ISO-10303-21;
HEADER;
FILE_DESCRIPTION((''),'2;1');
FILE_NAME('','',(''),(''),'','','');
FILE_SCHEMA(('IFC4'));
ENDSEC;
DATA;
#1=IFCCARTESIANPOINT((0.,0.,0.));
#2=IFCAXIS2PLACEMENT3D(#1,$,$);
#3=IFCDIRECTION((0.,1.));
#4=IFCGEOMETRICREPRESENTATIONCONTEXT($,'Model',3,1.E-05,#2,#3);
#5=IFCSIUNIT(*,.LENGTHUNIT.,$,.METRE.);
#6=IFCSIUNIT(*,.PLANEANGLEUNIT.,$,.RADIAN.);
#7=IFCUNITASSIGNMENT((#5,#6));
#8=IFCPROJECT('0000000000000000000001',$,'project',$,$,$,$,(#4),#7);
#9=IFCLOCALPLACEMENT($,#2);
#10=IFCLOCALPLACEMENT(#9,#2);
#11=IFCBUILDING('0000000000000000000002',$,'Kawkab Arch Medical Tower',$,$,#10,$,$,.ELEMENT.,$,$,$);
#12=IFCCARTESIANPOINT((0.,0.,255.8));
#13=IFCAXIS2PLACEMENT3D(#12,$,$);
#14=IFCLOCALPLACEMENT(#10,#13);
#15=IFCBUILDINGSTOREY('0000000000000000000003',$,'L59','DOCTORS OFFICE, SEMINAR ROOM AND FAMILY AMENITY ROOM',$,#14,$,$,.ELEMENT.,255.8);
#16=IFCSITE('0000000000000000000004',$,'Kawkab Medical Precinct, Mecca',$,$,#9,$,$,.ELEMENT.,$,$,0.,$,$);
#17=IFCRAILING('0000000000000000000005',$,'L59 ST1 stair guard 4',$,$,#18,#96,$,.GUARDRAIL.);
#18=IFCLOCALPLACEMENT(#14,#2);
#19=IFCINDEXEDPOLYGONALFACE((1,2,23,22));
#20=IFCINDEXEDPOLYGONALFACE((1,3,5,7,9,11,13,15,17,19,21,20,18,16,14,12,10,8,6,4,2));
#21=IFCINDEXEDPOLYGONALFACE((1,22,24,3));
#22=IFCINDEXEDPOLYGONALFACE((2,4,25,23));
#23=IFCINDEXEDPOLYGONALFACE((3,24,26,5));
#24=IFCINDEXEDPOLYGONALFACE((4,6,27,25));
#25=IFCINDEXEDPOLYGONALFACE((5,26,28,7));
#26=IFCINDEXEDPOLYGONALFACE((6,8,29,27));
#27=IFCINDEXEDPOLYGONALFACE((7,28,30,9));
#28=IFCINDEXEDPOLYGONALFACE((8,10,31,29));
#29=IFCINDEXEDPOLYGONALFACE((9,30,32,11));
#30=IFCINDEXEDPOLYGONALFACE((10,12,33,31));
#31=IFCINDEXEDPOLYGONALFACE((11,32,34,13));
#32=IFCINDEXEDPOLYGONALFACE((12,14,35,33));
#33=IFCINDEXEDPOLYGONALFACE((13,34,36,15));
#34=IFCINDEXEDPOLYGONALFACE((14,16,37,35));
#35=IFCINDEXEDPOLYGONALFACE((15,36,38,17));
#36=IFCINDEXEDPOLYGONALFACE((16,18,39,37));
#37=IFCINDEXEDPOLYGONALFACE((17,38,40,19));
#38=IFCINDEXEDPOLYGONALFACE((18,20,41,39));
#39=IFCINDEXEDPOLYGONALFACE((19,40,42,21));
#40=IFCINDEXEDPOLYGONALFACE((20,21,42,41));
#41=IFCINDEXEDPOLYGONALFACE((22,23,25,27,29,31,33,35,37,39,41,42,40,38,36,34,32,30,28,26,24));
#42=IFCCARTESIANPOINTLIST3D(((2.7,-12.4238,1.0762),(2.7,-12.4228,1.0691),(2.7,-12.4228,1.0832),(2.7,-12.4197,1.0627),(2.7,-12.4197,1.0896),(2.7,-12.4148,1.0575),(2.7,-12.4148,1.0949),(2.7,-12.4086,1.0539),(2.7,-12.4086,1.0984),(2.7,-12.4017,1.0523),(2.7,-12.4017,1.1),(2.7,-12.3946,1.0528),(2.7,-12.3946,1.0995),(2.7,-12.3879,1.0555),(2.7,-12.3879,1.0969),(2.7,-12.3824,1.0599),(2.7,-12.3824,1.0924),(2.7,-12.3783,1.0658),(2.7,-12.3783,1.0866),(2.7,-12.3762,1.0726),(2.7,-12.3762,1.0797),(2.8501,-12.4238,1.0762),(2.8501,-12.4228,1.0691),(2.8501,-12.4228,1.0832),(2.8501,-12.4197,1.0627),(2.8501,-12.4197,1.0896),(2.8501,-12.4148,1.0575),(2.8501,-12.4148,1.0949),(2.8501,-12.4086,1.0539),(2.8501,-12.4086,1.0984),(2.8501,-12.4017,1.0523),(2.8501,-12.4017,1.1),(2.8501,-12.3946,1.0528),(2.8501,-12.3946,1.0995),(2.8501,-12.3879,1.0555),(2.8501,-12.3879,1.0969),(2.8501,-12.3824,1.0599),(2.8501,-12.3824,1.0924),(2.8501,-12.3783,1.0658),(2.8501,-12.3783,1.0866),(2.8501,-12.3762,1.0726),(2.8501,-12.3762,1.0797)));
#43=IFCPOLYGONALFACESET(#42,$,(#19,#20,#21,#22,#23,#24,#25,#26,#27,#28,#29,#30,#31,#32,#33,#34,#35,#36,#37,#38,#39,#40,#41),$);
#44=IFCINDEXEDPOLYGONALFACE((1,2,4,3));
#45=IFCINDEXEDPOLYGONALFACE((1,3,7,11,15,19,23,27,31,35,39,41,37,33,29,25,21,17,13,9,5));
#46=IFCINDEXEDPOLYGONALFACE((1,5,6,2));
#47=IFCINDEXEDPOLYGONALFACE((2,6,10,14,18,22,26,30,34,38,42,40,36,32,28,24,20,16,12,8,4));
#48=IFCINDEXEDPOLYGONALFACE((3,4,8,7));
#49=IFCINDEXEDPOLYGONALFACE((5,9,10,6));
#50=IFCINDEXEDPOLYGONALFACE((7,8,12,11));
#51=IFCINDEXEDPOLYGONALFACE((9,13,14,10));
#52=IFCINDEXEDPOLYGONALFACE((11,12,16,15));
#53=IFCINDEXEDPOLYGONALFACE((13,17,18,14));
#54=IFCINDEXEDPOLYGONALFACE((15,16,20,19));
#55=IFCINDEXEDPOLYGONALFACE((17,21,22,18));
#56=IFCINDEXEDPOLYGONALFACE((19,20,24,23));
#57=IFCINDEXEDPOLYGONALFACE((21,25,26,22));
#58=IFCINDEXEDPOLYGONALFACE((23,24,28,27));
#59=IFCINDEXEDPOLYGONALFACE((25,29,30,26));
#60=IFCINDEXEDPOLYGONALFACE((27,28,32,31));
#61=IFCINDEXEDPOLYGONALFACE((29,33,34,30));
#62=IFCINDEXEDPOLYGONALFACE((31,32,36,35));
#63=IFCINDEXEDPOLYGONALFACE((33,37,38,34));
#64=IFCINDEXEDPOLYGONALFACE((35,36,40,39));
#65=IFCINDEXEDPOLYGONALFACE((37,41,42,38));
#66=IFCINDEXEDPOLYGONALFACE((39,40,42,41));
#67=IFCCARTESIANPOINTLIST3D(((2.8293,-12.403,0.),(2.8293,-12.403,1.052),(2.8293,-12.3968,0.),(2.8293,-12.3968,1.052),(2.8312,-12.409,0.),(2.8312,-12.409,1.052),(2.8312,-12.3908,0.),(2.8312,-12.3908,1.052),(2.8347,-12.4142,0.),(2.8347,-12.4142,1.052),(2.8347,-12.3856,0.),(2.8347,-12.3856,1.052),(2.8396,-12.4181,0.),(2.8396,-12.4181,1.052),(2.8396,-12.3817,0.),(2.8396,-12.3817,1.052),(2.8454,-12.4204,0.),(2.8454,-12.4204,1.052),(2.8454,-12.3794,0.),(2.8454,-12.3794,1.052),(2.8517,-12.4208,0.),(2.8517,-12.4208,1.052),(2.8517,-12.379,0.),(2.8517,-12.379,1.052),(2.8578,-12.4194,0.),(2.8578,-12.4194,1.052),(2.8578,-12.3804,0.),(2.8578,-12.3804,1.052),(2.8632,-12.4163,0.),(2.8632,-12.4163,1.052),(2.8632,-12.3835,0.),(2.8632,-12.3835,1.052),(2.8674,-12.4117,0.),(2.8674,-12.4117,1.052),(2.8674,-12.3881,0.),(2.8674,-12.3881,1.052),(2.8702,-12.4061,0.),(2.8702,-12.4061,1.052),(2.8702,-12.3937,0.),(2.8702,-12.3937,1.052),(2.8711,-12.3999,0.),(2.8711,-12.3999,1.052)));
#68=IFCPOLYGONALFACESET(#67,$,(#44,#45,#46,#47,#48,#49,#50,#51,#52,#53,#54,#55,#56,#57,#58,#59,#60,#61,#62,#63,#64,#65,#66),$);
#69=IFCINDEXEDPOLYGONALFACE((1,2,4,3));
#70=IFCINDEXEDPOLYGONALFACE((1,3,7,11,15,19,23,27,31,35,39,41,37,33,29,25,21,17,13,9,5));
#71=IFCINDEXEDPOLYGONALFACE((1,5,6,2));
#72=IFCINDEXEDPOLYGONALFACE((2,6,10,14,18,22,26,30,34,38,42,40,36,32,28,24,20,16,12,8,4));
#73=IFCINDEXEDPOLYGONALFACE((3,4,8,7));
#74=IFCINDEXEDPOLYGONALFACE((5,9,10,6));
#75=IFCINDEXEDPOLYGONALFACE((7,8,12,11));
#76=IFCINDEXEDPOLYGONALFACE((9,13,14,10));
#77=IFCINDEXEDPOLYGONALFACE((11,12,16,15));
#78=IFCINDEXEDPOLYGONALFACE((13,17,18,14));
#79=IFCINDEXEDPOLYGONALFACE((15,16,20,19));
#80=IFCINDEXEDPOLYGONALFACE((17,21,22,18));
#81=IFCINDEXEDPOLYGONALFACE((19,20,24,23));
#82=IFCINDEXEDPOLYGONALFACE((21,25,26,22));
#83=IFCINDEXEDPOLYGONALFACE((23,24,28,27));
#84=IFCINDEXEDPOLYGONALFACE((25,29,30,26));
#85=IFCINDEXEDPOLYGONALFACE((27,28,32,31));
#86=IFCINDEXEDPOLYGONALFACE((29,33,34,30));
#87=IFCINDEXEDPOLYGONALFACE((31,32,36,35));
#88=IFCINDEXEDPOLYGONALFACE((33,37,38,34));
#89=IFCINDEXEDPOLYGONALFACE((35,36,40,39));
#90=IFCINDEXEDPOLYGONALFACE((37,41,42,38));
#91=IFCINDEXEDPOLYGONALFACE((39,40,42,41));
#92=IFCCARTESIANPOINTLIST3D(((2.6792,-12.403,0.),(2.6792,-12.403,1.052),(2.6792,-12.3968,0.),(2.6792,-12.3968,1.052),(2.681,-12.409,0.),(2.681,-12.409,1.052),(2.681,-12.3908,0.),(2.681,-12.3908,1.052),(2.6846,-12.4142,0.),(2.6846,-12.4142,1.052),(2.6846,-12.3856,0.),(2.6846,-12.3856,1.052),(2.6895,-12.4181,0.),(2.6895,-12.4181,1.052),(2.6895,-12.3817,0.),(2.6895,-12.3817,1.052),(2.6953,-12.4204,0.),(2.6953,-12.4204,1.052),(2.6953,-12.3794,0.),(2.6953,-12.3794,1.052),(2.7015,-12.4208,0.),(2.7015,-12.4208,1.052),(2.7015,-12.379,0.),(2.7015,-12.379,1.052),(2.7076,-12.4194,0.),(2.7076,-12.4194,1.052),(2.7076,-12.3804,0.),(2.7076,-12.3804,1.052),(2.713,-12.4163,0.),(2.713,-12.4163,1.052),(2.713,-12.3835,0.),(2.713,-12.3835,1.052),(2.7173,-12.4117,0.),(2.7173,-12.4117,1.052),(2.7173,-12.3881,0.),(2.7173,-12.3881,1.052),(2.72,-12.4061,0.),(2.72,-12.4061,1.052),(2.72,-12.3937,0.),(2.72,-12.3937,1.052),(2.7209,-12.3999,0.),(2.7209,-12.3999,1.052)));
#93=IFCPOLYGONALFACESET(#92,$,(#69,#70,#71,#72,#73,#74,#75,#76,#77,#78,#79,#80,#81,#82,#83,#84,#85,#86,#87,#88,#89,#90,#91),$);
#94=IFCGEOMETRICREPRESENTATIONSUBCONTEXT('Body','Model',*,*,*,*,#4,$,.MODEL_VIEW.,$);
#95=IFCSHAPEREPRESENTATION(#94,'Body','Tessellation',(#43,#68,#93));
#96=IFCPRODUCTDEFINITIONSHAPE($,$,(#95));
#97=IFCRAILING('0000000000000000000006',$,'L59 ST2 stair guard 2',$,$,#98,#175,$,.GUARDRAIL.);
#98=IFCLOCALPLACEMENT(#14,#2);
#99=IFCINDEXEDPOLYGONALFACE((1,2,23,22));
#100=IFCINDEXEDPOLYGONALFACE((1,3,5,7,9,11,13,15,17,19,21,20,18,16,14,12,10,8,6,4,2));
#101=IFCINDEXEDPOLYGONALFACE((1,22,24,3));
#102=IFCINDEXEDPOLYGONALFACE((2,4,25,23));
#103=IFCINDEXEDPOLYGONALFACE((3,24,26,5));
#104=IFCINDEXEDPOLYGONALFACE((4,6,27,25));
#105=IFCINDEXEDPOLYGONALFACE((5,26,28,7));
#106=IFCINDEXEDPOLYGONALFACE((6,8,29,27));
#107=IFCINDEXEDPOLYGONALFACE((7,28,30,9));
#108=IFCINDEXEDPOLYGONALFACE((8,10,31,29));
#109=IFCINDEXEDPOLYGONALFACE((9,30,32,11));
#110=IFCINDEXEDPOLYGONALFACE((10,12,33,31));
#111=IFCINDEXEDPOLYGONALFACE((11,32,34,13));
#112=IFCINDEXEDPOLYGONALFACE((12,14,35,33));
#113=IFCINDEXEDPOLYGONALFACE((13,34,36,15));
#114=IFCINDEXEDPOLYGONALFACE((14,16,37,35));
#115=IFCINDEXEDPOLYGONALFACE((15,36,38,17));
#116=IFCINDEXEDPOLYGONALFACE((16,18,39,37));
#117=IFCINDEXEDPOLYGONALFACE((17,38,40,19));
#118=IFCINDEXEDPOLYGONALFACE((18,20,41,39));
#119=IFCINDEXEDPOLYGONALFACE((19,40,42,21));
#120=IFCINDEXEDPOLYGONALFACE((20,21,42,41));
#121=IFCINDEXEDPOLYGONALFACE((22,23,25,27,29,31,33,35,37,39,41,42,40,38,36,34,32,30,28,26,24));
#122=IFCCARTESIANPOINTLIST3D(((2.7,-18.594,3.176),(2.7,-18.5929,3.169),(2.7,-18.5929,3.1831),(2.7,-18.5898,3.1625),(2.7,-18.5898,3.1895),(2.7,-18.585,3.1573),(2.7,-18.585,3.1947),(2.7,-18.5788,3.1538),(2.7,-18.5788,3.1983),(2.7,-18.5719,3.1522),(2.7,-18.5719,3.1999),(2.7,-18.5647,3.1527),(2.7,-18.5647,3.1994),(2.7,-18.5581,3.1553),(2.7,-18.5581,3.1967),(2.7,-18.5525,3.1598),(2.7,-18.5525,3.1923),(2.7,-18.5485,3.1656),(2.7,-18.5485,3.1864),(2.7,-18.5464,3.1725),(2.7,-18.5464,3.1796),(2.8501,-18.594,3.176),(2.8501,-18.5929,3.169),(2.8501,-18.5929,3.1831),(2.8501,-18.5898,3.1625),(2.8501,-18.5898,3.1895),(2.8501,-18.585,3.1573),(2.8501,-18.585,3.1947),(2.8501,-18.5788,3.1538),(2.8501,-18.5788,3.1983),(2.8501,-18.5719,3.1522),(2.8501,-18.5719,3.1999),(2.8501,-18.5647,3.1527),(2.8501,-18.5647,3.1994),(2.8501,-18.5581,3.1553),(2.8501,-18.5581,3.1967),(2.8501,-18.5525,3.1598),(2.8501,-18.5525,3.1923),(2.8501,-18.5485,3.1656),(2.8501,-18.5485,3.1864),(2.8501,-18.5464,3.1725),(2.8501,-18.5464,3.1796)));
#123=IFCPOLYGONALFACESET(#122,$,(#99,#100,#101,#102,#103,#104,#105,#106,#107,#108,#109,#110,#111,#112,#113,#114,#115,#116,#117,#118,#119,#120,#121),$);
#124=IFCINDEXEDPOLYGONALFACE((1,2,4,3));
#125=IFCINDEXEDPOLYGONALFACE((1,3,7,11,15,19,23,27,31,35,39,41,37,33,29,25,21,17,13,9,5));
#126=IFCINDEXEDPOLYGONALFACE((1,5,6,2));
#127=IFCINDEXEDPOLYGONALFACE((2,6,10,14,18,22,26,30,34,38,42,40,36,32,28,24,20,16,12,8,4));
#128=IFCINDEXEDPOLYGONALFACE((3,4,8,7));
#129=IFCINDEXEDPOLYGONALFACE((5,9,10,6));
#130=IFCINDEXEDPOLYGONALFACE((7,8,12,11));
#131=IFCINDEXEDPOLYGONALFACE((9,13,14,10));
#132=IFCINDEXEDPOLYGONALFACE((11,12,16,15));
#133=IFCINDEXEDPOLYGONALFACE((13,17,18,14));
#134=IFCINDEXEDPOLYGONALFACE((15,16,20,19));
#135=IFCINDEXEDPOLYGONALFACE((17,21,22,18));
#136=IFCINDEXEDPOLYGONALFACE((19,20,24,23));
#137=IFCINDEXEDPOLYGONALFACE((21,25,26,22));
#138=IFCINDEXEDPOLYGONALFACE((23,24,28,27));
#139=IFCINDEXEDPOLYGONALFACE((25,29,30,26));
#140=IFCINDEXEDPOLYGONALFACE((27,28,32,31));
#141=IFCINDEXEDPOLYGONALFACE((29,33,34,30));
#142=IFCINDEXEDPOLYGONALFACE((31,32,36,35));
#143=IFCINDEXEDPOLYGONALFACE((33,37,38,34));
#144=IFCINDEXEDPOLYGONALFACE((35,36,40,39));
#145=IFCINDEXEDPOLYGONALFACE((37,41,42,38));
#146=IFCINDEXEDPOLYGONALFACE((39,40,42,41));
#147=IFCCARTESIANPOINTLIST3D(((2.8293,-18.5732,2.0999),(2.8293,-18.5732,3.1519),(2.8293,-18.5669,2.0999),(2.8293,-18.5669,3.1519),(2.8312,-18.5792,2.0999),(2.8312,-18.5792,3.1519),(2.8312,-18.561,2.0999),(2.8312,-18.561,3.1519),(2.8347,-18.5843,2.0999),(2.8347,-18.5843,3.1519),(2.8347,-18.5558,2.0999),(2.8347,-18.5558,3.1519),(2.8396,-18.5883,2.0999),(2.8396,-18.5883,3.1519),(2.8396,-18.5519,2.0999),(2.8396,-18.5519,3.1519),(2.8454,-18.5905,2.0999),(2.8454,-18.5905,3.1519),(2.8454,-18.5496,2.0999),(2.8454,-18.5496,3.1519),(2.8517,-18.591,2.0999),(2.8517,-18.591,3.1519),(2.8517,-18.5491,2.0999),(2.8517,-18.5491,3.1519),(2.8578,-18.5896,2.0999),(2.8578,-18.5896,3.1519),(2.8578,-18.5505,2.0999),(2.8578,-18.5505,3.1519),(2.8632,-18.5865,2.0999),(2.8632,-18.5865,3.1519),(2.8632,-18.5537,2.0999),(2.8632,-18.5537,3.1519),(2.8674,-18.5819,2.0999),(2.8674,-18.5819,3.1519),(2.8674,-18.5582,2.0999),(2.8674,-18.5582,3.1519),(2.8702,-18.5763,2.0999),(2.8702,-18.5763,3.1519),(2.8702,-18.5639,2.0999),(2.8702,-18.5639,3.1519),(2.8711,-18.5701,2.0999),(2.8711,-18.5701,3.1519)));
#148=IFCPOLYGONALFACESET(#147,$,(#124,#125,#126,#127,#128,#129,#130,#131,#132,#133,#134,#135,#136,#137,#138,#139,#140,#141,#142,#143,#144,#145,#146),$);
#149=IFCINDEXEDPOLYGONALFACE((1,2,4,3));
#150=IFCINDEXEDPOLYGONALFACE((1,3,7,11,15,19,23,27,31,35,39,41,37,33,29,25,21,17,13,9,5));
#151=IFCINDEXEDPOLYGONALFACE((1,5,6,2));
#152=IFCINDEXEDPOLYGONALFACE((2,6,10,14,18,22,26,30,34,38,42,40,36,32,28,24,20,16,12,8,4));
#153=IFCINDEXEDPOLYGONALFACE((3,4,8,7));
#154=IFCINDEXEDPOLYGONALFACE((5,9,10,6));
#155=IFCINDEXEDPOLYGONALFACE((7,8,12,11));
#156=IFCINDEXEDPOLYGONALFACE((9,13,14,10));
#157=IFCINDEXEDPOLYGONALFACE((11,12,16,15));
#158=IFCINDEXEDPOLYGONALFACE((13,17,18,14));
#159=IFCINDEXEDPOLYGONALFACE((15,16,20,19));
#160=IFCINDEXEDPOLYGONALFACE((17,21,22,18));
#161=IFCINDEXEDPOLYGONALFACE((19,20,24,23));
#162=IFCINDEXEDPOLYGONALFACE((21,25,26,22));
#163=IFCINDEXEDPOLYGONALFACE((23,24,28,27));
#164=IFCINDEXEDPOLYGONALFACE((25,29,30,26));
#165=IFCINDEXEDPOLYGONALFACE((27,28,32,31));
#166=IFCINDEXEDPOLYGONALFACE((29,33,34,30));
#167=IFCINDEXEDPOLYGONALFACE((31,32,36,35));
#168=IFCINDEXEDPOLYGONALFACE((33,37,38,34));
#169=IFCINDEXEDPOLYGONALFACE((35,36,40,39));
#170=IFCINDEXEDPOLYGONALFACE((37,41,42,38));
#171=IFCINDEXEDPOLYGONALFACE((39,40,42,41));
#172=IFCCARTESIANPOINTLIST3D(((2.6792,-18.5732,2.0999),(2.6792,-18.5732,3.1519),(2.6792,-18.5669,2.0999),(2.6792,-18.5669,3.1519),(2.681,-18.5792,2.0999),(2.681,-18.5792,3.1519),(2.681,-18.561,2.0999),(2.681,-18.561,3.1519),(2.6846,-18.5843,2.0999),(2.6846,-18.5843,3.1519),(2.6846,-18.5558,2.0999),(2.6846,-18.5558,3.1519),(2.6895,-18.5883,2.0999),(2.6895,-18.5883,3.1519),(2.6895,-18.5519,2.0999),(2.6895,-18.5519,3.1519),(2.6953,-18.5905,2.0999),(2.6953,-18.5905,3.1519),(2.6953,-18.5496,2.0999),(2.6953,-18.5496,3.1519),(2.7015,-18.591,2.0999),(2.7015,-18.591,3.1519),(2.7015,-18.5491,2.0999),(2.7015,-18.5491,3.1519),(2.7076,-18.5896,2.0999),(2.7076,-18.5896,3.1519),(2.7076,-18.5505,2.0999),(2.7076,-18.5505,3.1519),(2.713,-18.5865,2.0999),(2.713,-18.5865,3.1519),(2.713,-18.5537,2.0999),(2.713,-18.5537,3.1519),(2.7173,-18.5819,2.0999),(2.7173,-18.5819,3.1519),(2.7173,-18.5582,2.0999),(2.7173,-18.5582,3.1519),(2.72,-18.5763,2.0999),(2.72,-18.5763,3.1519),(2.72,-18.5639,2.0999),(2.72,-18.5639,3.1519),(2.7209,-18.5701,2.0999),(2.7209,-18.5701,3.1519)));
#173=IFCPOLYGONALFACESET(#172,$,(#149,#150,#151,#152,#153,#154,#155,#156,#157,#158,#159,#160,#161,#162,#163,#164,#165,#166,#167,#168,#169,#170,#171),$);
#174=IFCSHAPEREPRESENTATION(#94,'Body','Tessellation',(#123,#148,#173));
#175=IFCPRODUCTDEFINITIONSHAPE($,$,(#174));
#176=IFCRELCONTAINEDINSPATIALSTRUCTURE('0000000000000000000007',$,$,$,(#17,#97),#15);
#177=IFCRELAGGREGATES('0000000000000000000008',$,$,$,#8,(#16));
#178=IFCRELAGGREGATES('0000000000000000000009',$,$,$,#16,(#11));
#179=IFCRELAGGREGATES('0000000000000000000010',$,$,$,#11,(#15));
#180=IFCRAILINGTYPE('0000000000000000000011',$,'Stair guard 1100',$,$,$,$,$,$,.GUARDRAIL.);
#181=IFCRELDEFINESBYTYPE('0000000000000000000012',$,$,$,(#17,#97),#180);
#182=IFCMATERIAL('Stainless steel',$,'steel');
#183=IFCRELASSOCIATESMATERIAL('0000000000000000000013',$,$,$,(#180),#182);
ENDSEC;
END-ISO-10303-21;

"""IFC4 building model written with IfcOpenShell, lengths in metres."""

from ifc_helpers import new_model, si_unit, direction, frame, origin, origin_2d, place, context, subcontext, project, spatial, circle, extrude, material, type_object, element, save


model = new_model("IFC4")

# Units and contexts
model_context = context("Model", 3, precision=1e-05, world=origin(), true_north=direction((0.0, 1.0)))
body_context = subcontext(model_context, "Body", "Model", "MODEL_VIEW")
ifc_project = project(units=[si_unit("LENGTHUNIT", "METRE"), si_unit("PLANEANGLEUNIT", "RADIAN")], contexts=[model_context])

# Site, building, storey
site_placement = place(None, origin())
site = spatial("IfcSite", under=ifc_project, at=site_placement, Name="Kawkab Medical Precinct, Mecca", CompositionType="ELEMENT", RefElevation=0.0)
building_placement = place(site_placement, origin())
building = spatial("IfcBuilding", under=site, at=building_placement, Name="Kawkab Arch Medical Tower", CompositionType="ELEMENT")
storey_placement = place(building_placement, frame((0.0, 0.0, 255.8)))
storey = spatial("IfcBuildingStorey", under=building, at=storey_placement, Name="L59", Description="DOCTORS OFFICE, SEMINAR ROOM AND FAMILY AMENITY ROOM", CompositionType="ELEMENT", Elevation=255.8)

# Railings
ifc_material_1 = material(Name="Stainless steel", Category="steel")
railing_type_1 = type_object("IfcRailingType", Name="Stair guard 1100", PredefinedType="GUARDRAIL", material=ifc_material_1)
for number, where, name in (
    (1, (2.8501, -12.3999, 0.0), "L59 ST1 stair guard 4"),
    (2, (2.8501, -18.5701, 2.0999), "L59 ST2 stair guard 2"),
):
    element("IfcRailing", number, at=place(storey_placement, frame(where)), inside=storey, type_object=railing_type_1, Name=name, PredefinedType="GUARDRAIL", context=body_context, shape_type="SweptSolid", body=[
        extrude(circle(Radius=0.0239, at=origin_2d()), frame((0.0, 0.0, 1.0762), z_axis=(-1.0, 0.0, 0.0), x_axis=(0.0, -1.0, 0.0)), (0.0, 0.0, 1.0), 0.1501),
        extrude(circle(Radius=0.021, at=origin_2d()), origin(), (0.0, 0.0, 1.0), 1.052),
        extrude(circle(Radius=0.021, at=origin_2d()), frame((-0.1501, 0.0, 0.0)), (0.0, 0.0, 1.0), 1.052),
    ])

save(model, "model.ifc")
